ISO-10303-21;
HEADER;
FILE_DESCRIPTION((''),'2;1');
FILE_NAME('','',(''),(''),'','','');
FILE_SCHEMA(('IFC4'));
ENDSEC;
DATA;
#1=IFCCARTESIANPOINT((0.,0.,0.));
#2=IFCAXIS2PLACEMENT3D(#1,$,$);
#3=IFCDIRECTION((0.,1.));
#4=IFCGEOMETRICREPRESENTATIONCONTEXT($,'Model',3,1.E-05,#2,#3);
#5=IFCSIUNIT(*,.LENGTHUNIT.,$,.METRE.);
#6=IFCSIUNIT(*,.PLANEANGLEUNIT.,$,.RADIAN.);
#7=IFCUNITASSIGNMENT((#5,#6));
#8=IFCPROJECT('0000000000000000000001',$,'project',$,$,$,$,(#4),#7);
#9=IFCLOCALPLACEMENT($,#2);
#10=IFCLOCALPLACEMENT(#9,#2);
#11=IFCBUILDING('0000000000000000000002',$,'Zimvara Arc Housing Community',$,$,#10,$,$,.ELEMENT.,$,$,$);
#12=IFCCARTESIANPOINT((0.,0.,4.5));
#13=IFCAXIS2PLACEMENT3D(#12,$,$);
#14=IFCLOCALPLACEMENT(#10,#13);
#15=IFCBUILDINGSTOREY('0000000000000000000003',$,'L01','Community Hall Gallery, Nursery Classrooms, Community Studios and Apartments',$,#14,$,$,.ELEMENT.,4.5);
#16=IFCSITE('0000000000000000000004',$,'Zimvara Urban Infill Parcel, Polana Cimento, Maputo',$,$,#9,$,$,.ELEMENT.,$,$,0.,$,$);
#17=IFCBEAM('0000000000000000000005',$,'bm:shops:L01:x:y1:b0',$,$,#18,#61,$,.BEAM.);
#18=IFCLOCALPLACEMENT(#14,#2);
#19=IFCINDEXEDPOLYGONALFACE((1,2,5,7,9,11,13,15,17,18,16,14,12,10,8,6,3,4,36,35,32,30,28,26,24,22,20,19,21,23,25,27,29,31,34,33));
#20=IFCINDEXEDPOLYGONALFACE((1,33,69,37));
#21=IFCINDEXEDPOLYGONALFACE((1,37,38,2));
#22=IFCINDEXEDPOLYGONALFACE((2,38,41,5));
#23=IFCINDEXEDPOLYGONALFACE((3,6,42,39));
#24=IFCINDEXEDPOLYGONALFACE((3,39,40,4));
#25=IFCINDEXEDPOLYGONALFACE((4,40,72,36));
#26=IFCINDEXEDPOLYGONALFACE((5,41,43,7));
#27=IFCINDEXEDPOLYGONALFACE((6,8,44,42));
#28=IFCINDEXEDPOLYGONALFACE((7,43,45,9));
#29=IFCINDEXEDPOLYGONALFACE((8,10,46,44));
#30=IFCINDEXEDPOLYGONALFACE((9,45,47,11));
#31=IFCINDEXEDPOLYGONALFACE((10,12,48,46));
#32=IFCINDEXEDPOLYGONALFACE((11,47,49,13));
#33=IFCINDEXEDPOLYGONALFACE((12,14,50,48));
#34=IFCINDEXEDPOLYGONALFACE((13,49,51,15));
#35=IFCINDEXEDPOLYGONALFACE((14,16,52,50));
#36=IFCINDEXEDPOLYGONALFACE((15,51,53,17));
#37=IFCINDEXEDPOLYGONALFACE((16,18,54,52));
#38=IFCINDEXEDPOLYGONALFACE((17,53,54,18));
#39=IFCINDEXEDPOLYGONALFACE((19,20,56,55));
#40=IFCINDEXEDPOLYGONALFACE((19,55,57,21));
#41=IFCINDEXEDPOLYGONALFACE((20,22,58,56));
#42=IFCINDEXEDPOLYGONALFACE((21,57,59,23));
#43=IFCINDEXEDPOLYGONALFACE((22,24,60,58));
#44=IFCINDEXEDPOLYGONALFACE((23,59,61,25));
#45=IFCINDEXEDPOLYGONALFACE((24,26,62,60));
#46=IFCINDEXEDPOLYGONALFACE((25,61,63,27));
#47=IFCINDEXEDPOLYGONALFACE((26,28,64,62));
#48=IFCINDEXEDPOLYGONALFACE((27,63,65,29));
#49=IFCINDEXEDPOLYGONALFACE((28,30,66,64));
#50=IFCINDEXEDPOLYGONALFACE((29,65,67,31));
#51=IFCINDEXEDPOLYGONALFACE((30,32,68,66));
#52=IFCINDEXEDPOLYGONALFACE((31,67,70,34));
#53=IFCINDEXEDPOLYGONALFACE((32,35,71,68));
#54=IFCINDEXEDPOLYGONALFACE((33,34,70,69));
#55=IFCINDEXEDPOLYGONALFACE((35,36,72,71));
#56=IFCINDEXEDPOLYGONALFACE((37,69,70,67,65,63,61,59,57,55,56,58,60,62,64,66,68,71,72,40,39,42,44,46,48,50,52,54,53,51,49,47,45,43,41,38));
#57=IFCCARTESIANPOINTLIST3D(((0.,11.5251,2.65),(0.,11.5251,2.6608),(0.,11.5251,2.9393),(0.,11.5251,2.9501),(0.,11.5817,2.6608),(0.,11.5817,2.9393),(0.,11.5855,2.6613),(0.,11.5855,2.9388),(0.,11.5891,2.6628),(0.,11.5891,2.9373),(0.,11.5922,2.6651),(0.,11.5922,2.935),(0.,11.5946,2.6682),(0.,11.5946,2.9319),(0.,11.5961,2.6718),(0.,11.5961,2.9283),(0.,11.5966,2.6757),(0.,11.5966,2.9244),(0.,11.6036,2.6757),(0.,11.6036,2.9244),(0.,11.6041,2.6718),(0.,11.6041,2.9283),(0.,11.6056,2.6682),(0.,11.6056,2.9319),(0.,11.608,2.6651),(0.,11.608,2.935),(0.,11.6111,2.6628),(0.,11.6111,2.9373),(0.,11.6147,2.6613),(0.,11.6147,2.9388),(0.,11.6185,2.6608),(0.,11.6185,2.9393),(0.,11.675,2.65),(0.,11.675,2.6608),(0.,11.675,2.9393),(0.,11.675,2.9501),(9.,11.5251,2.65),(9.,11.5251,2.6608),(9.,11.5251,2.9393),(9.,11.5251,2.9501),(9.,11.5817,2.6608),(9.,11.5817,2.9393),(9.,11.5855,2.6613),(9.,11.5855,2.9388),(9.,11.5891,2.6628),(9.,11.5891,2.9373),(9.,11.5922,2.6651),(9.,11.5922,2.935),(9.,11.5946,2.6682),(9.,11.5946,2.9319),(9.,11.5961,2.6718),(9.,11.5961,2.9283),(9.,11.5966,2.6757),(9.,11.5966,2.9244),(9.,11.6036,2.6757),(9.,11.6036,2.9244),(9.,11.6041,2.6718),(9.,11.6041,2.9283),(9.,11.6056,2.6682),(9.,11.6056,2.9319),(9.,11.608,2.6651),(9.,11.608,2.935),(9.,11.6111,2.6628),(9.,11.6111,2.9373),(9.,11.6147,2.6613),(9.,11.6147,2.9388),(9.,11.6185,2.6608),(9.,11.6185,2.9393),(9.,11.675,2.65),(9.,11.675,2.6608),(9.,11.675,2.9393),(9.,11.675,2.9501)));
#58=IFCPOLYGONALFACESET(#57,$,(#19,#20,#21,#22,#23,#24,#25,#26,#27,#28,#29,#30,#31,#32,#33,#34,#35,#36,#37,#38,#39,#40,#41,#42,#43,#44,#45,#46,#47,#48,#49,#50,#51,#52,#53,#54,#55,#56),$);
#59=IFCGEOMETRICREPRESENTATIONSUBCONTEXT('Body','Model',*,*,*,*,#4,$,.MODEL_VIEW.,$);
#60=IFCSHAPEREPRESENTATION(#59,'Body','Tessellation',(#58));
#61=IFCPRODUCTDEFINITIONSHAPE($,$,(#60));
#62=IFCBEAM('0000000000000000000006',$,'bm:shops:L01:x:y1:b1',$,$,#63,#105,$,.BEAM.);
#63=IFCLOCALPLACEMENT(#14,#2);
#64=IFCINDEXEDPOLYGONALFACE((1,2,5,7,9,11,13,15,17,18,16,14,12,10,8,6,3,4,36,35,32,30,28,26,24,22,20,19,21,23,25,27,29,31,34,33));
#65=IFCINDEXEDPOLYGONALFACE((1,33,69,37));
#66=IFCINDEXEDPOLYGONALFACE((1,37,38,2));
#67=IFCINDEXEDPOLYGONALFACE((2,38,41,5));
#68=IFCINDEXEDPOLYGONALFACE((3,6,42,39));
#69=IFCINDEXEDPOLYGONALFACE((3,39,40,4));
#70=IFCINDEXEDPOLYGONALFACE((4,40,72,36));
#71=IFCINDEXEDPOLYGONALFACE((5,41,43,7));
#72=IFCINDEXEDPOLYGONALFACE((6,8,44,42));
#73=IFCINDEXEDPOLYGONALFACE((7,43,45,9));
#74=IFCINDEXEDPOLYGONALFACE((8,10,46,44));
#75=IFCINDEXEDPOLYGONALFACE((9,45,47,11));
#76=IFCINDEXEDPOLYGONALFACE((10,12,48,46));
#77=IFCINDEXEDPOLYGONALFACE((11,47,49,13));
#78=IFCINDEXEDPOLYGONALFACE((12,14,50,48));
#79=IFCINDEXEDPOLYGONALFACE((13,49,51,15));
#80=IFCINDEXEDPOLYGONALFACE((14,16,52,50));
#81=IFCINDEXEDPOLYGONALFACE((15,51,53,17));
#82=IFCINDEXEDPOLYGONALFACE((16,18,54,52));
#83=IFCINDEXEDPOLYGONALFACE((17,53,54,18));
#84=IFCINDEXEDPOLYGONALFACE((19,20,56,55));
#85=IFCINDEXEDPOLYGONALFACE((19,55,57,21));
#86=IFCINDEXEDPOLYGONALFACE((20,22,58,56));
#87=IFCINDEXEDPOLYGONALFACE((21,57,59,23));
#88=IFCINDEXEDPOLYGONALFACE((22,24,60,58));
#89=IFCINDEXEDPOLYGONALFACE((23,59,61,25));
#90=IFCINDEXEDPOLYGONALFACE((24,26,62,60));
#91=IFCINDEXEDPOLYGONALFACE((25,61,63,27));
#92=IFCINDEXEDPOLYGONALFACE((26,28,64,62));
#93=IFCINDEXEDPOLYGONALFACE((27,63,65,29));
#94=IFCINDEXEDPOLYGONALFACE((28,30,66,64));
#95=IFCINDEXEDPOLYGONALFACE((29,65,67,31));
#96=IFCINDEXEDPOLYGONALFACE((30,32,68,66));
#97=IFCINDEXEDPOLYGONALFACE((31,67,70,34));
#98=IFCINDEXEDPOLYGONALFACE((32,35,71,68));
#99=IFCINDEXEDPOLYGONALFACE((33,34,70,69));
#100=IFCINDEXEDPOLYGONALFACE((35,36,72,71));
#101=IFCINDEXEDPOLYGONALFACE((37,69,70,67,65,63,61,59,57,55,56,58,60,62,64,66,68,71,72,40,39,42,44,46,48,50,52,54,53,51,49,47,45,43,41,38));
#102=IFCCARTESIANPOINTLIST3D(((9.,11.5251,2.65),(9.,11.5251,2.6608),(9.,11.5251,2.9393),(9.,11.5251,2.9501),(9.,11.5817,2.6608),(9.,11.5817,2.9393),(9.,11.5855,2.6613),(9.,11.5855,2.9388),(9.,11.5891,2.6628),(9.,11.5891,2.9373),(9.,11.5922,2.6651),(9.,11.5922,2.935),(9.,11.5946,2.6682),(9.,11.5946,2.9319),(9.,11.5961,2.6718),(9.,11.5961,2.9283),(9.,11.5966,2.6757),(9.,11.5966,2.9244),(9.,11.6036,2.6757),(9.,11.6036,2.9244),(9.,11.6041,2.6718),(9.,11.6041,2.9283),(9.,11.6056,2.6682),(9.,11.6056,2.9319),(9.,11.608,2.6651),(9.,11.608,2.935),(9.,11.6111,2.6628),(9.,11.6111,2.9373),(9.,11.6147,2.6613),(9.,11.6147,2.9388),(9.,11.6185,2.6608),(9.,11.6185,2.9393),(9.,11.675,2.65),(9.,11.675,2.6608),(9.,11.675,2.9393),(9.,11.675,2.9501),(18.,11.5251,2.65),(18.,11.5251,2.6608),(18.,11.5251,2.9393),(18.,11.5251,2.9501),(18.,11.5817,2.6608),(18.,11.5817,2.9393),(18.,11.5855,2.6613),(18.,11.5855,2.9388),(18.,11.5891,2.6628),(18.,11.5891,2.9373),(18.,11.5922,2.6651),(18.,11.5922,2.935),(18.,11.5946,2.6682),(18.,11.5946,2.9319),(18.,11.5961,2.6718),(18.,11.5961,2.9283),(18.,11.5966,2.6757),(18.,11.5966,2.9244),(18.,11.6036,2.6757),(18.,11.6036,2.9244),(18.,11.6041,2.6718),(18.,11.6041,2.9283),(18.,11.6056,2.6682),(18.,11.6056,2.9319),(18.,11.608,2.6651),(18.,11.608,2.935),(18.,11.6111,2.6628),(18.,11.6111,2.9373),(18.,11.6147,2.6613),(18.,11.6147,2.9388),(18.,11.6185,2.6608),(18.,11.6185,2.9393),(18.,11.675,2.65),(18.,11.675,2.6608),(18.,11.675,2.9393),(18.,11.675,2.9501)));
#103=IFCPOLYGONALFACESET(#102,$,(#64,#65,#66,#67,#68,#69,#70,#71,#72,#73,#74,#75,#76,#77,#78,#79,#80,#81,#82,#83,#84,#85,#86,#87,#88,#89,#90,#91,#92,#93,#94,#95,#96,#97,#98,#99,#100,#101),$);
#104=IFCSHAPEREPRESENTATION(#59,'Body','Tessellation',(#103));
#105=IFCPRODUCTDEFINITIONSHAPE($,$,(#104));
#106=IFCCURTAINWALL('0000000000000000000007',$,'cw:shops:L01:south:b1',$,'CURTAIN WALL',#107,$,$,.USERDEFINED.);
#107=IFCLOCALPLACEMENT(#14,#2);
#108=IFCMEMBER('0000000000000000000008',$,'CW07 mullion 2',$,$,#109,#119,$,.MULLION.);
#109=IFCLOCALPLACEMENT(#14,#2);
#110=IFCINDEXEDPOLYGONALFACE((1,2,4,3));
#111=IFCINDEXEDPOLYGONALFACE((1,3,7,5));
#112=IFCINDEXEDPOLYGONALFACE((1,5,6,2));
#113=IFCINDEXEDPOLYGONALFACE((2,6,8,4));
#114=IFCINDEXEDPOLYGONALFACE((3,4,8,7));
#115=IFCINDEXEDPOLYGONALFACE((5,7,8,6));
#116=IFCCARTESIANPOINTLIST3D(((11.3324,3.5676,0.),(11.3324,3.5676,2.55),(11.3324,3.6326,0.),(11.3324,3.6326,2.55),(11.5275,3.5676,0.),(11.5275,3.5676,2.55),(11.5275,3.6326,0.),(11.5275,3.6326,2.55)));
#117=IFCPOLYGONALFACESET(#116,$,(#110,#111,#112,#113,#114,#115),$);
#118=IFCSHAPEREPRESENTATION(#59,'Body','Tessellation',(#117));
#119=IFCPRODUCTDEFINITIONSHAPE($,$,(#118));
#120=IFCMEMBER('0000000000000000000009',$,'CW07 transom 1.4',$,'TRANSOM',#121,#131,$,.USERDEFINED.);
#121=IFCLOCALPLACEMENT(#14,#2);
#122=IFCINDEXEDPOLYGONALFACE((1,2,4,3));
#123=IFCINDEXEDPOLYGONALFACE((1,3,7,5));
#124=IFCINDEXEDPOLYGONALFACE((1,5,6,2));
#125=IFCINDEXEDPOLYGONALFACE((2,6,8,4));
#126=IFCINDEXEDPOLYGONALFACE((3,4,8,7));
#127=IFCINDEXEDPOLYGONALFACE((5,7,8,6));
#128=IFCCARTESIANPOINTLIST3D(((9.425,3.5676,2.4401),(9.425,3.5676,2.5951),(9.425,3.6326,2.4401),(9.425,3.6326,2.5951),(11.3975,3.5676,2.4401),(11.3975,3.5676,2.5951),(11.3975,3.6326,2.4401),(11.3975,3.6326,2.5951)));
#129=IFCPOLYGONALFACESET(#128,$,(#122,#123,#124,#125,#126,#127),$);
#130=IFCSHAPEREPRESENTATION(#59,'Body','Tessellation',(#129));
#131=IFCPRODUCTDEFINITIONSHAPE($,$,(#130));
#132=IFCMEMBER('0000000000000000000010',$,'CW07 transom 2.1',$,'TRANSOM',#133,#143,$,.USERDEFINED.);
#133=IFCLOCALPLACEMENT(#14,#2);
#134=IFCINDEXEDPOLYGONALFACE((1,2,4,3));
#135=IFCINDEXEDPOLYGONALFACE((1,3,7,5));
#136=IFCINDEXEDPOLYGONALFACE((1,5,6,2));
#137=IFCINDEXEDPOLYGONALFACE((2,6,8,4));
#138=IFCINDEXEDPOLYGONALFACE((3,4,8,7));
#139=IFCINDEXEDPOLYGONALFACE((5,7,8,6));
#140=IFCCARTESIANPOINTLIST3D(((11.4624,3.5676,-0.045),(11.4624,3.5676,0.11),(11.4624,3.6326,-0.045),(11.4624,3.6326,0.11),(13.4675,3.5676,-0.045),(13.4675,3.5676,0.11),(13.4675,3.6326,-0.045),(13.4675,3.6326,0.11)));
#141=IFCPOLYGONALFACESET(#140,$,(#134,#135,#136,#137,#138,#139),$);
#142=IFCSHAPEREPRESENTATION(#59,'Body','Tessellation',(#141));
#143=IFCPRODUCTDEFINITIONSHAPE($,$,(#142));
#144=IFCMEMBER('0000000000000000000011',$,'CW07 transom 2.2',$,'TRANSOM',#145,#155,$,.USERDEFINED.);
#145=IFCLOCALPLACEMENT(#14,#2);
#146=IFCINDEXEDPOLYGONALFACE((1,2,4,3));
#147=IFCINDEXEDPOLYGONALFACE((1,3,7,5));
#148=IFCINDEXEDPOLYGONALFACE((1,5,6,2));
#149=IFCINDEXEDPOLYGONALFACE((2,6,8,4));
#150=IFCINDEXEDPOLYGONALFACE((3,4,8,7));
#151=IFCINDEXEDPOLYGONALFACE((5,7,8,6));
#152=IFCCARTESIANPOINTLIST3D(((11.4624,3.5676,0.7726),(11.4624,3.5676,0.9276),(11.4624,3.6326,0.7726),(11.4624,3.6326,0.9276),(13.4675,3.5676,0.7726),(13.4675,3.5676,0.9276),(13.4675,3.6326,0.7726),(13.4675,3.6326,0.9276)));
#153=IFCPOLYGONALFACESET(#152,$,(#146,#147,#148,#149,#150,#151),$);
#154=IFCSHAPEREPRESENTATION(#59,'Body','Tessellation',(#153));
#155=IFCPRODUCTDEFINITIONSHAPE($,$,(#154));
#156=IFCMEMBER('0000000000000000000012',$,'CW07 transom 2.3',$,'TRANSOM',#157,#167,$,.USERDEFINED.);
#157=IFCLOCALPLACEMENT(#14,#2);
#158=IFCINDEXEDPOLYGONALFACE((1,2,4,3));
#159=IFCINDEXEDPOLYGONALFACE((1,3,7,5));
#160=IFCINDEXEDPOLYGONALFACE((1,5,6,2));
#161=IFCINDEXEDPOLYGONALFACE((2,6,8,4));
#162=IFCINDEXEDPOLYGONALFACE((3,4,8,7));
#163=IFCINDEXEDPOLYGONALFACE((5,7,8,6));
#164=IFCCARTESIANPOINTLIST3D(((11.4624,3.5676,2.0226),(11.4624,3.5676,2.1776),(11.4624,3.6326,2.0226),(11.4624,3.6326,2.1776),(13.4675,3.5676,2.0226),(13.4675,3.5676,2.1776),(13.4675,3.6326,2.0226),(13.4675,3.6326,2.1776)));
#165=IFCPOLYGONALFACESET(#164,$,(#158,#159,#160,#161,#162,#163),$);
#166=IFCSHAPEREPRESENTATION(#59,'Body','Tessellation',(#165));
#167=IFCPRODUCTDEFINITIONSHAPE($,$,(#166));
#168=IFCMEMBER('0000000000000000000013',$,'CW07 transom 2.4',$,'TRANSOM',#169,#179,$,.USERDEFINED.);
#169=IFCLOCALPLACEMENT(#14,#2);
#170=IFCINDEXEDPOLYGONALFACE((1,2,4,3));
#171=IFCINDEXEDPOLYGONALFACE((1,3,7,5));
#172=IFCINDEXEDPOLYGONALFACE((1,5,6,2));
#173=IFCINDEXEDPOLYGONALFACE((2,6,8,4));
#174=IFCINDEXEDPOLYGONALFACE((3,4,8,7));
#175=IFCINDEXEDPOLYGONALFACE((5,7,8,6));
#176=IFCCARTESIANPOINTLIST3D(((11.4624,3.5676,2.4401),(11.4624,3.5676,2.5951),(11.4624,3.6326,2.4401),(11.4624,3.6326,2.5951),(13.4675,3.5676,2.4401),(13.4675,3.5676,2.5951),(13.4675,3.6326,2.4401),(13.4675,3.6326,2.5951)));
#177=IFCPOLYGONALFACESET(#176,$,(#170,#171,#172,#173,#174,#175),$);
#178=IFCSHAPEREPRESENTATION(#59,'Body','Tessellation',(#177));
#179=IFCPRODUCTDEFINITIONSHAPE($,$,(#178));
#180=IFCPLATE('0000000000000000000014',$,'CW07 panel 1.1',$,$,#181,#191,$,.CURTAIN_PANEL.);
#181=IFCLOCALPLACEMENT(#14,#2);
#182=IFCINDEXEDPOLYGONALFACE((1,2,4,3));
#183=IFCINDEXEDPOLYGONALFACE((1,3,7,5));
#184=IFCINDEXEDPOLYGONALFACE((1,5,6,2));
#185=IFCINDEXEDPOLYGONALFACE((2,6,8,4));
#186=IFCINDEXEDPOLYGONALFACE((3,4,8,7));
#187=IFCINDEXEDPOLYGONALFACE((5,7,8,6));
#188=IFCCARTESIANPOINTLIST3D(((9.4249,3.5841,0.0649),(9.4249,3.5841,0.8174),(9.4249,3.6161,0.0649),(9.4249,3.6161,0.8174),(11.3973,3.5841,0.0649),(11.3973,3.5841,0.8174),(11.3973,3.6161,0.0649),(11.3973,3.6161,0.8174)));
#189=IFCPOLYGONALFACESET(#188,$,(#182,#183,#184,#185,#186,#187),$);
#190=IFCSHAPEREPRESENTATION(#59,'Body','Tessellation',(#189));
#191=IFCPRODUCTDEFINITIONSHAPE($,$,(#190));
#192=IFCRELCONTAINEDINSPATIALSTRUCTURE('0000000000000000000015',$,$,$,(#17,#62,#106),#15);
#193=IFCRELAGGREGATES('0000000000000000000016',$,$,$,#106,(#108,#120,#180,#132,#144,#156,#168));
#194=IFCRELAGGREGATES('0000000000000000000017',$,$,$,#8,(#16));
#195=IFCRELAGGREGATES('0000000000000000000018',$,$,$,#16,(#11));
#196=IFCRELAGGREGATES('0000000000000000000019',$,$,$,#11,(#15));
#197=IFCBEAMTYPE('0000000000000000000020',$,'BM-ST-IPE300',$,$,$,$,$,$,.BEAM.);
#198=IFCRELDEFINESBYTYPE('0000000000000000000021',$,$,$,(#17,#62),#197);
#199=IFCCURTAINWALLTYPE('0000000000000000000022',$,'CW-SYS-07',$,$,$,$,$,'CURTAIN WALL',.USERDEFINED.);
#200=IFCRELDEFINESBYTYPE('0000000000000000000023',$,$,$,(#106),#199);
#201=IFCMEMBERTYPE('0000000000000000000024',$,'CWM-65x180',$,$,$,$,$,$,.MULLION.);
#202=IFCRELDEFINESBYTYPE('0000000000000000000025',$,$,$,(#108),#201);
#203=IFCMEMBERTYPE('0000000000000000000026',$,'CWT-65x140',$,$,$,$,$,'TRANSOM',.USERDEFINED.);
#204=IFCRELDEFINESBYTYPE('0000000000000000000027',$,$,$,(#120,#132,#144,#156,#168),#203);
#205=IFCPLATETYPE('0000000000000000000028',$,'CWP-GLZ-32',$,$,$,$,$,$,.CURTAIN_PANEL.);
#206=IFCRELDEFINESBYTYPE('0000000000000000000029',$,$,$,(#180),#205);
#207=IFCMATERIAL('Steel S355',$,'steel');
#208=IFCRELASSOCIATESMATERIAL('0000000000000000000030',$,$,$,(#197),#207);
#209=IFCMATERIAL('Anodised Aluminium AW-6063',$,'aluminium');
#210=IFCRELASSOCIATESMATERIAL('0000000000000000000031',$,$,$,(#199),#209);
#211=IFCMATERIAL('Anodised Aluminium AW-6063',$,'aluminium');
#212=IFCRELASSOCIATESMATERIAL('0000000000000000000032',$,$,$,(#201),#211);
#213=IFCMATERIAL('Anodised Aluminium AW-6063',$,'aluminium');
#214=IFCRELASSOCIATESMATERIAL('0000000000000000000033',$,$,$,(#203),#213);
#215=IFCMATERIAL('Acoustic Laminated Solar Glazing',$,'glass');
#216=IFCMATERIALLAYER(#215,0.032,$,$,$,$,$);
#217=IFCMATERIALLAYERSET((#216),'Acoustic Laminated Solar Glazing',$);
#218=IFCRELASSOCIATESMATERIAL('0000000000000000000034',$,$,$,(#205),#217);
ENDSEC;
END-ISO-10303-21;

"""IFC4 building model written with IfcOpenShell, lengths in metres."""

from ifc_helpers import new_model, si_unit, direction, frame, origin, origin_2d, place, context, subcontext, project, spatial, rectangle, i_section, extrude, material, layer, layer_set, material_profile, profile_set, type_object, element, aggregate, save


model = new_model("IFC4")

# Units and contexts
model_context = context("Model", 3, precision=1e-05, world=origin(), true_north=direction((0.0, 1.0)))
body_context = subcontext(model_context, "Body", "Model", "MODEL_VIEW")
ifc_project = project(units=[si_unit("LENGTHUNIT", "METRE"), si_unit("PLANEANGLEUNIT", "RADIAN")], contexts=[model_context])

# Site, building, storey
site_placement = place(None, origin())
site = spatial("IfcSite", under=ifc_project, at=site_placement, Name="Zimvara Urban Infill Parcel, Polana Cimento, Maputo", CompositionType="ELEMENT", RefElevation=0.0)
building_placement = place(site_placement, origin())
building = spatial("IfcBuilding", under=site, at=building_placement, Name="Zimvara Arc Housing Community", CompositionType="ELEMENT")
storey_placement = place(building_placement, frame((0.0, 0.0, 4.5)))
storey = spatial("IfcBuildingStorey", under=building, at=storey_placement, Name="L01", Description="Community Hall Gallery, Nursery Classrooms, Community Studios and Apartments", CompositionType="ELEMENT", Elevation=4.5)

# Beams
ifc_material_1 = material(Name="Steel S355", Category="steel")
ifc_material_profile_1 = material_profile(ifc_material_1, i_section(OverallWidth=0.1499, OverallDepth=0.3, WebThickness=0.0071, FlangeThickness=0.0107, FilletRadius=0.0149, at=origin_2d()), Name="IPE 300")
ifc_profile_set_1 = profile_set([ifc_material_profile_1], Name="Steel S355")
beam_type_1 = type_object("IfcBeamType", Name="BM-ST-IPE300", PredefinedType="BEAM", material=ifc_profile_set_1)
for number, where, z_axis, x_axis, name in (
    (1, (0.0, 11.6001, 2.8), (1.0, 0.0, 0.0), (0.0, 1.0, 0.0), "bm:shops:L01:x:y1:b0"),
    (2, (9.0, 11.6001, 2.8), (1.0, 0.0, 0.0), (0.0, 1.0, 0.0), "bm:shops:L01:x:y1:b1"),
):
    element("IfcBeam", number, at=place(storey_placement, frame(where, z_axis=z_axis, x_axis=x_axis)), inside=storey, type_object=beam_type_1, Name=name, PredefinedType="BEAM", context=body_context, shape_type="SweptSolid", body=[
        extrude(i_section(OverallWidth=0.1499, OverallDepth=0.3, WebThickness=0.0071, FlangeThickness=0.0107, FilletRadius=0.0149, at=origin_2d()), origin(), (0.0, 0.0, 1.0), 9.0),
    ])

# Curtain wall, members, plate
ifc_material_2 = material(Name="Anodised Aluminium AW-6063", Category="aluminium")
curtain_wall_type = type_object("IfcCurtainWallType", Name="CW-SYS-07", ElementType="CURTAIN WALL", PredefinedType="USERDEFINED", material=ifc_material_2)
curtain_wall_placement = place(storey_placement, origin())
curtain_wall = element("IfcCurtainWall", 3, at=curtain_wall_placement, inside=storey, type_object=curtain_wall_type, Name="cw:shops:L01:south:b1", ObjectType="CURTAIN WALL", PredefinedType="USERDEFINED")
ifc_material_3 = material(Name="Anodised Aluminium AW-6063", Category="aluminium")
ifc_material_profile_2 = material_profile(ifc_material_3, rectangle(XDim=0.0649, YDim=0.1951, at=origin_2d()), Name="ALU 65x195")
ifc_profile_set_2 = profile_set([ifc_material_profile_2], Name="Anodised Aluminium AW-6063")
member_type_1 = type_object("IfcMemberType", Name="CWM-65x180", PredefinedType="MULLION", material=ifc_profile_set_2)
member_1_placement = place(storey_placement, frame((11.4299, 3.6001, 0.0), z_axis=(0.0, 0.0, 1.0), x_axis=(0.0, 1.0, 0.0)))
member_1 = element("IfcMember", 4, at=member_1_placement, type_object=member_type_1, Name="CW07 mullion 2", PredefinedType="MULLION", context=body_context, shape_type="SweptSolid", body=[
    extrude(rectangle(XDim=0.0649, YDim=0.1951, at=origin_2d()), origin(), (0.0, 0.0, 1.0), 2.55),
])
ifc_material_4 = material(Name="Anodised Aluminium AW-6063", Category="aluminium")
ifc_material_profile_3 = material_profile(ifc_material_4, rectangle(XDim=0.0649, YDim=0.155, at=origin_2d()), Name="ALU 65x155")
ifc_profile_set_3 = profile_set([ifc_material_profile_3], Name="Anodised Aluminium AW-6063")
member_type_2 = type_object("IfcMemberType", Name="CWT-65x140", ElementType="TRANSOM", PredefinedType="USERDEFINED", material=ifc_profile_set_3)
member_2_placement = place(storey_placement, frame((9.425, 3.6001, 2.5176), z_axis=(1.0, 0.0, 0.0), x_axis=(0.0, 1.0, 0.0)))
member_2 = element("IfcMember", 5, at=member_2_placement, type_object=member_type_2, Name="CW07 transom 1.4", ObjectType="TRANSOM", PredefinedType="USERDEFINED", context=body_context, shape_type="SweptSolid", body=[
    extrude(rectangle(XDim=0.0649, YDim=0.155, at=origin_2d()), origin(), (0.0, 0.0, 1.0), 1.9724),
])
member_3_placement = place(storey_placement, frame((11.4624, 3.6001, 0.0325), z_axis=(1.0, 0.0, 0.0), x_axis=(0.0, 1.0, 0.0)))
member_3 = element("IfcMember", 6, at=member_3_placement, type_object=member_type_2, Name="CW07 transom 2.1", ObjectType="TRANSOM", PredefinedType="USERDEFINED", context=body_context, shape_type="SweptSolid", body=[
    extrude(rectangle(XDim=0.0649, YDim=0.155, at=origin_2d()), origin(), (0.0, 0.0, 1.0), 2.0051),
])
member_4_placement = place(storey_placement, frame((11.4624, 3.6001, 0.8501), z_axis=(1.0, 0.0, 0.0), x_axis=(0.0, 1.0, 0.0)))
member_4 = element("IfcMember", 7, at=member_4_placement, type_object=member_type_2, Name="CW07 transom 2.2", ObjectType="TRANSOM", PredefinedType="USERDEFINED", context=body_context, shape_type="SweptSolid", body=[
    extrude(rectangle(XDim=0.0649, YDim=0.155, at=origin_2d()), origin(), (0.0, 0.0, 1.0), 2.0051),
])
member_5_placement = place(storey_placement, frame((11.4624, 3.6001, 2.1001), z_axis=(1.0, 0.0, 0.0), x_axis=(0.0, 1.0, 0.0)))
member_5 = element("IfcMember", 8, at=member_5_placement, type_object=member_type_2, Name="CW07 transom 2.3", ObjectType="TRANSOM", PredefinedType="USERDEFINED", context=body_context, shape_type="SweptSolid", body=[
    extrude(rectangle(XDim=0.0649, YDim=0.155, at=origin_2d()), origin(), (0.0, 0.0, 1.0), 2.0051),
])
member_6_placement = place(storey_placement, frame((11.4624, 3.6001, 2.5176), z_axis=(1.0, 0.0, 0.0), x_axis=(0.0, 1.0, 0.0)))
member_6 = element("IfcMember", 9, at=member_6_placement, type_object=member_type_2, Name="CW07 transom 2.4", ObjectType="TRANSOM", PredefinedType="USERDEFINED", context=body_context, shape_type="SweptSolid", body=[
    extrude(rectangle(XDim=0.0649, YDim=0.155, at=origin_2d()), origin(), (0.0, 0.0, 1.0), 2.0051),
])
ifc_material_5 = material(Name="Acoustic Laminated Solar Glazing", Category="glass")
ifc_layer_1 = layer(ifc_material_5, 0.032)
ifc_layer_set_1 = layer_set([ifc_layer_1], Name="Acoustic Laminated Solar Glazing")
plate_type_1 = type_object("IfcPlateType", Name="CWP-GLZ-32", PredefinedType="CURTAIN_PANEL", material=ifc_layer_set_1)
plate_1_placement = place(storey_placement, frame((10.4111, 3.6001, 0.0649), z_axis=(0.0, 0.0, 1.0), x_axis=(1.0, 0.0, 0.0)))
plate_1 = element("IfcPlate", 10, at=plate_1_placement, type_object=plate_type_1, Name="CW07 panel 1.1", PredefinedType="CURTAIN_PANEL", context=body_context, shape_type="SweptSolid", body=[
    extrude(rectangle(XDim=1.9724, YDim=0.032, at=origin_2d()), origin(), (0.0, 0.0, 1.0), 0.7524),
])
aggregate(curtain_wall, [member_1, member_2, plate_1, member_3, member_4, member_5, member_6])

save(model, "model.ifc")
